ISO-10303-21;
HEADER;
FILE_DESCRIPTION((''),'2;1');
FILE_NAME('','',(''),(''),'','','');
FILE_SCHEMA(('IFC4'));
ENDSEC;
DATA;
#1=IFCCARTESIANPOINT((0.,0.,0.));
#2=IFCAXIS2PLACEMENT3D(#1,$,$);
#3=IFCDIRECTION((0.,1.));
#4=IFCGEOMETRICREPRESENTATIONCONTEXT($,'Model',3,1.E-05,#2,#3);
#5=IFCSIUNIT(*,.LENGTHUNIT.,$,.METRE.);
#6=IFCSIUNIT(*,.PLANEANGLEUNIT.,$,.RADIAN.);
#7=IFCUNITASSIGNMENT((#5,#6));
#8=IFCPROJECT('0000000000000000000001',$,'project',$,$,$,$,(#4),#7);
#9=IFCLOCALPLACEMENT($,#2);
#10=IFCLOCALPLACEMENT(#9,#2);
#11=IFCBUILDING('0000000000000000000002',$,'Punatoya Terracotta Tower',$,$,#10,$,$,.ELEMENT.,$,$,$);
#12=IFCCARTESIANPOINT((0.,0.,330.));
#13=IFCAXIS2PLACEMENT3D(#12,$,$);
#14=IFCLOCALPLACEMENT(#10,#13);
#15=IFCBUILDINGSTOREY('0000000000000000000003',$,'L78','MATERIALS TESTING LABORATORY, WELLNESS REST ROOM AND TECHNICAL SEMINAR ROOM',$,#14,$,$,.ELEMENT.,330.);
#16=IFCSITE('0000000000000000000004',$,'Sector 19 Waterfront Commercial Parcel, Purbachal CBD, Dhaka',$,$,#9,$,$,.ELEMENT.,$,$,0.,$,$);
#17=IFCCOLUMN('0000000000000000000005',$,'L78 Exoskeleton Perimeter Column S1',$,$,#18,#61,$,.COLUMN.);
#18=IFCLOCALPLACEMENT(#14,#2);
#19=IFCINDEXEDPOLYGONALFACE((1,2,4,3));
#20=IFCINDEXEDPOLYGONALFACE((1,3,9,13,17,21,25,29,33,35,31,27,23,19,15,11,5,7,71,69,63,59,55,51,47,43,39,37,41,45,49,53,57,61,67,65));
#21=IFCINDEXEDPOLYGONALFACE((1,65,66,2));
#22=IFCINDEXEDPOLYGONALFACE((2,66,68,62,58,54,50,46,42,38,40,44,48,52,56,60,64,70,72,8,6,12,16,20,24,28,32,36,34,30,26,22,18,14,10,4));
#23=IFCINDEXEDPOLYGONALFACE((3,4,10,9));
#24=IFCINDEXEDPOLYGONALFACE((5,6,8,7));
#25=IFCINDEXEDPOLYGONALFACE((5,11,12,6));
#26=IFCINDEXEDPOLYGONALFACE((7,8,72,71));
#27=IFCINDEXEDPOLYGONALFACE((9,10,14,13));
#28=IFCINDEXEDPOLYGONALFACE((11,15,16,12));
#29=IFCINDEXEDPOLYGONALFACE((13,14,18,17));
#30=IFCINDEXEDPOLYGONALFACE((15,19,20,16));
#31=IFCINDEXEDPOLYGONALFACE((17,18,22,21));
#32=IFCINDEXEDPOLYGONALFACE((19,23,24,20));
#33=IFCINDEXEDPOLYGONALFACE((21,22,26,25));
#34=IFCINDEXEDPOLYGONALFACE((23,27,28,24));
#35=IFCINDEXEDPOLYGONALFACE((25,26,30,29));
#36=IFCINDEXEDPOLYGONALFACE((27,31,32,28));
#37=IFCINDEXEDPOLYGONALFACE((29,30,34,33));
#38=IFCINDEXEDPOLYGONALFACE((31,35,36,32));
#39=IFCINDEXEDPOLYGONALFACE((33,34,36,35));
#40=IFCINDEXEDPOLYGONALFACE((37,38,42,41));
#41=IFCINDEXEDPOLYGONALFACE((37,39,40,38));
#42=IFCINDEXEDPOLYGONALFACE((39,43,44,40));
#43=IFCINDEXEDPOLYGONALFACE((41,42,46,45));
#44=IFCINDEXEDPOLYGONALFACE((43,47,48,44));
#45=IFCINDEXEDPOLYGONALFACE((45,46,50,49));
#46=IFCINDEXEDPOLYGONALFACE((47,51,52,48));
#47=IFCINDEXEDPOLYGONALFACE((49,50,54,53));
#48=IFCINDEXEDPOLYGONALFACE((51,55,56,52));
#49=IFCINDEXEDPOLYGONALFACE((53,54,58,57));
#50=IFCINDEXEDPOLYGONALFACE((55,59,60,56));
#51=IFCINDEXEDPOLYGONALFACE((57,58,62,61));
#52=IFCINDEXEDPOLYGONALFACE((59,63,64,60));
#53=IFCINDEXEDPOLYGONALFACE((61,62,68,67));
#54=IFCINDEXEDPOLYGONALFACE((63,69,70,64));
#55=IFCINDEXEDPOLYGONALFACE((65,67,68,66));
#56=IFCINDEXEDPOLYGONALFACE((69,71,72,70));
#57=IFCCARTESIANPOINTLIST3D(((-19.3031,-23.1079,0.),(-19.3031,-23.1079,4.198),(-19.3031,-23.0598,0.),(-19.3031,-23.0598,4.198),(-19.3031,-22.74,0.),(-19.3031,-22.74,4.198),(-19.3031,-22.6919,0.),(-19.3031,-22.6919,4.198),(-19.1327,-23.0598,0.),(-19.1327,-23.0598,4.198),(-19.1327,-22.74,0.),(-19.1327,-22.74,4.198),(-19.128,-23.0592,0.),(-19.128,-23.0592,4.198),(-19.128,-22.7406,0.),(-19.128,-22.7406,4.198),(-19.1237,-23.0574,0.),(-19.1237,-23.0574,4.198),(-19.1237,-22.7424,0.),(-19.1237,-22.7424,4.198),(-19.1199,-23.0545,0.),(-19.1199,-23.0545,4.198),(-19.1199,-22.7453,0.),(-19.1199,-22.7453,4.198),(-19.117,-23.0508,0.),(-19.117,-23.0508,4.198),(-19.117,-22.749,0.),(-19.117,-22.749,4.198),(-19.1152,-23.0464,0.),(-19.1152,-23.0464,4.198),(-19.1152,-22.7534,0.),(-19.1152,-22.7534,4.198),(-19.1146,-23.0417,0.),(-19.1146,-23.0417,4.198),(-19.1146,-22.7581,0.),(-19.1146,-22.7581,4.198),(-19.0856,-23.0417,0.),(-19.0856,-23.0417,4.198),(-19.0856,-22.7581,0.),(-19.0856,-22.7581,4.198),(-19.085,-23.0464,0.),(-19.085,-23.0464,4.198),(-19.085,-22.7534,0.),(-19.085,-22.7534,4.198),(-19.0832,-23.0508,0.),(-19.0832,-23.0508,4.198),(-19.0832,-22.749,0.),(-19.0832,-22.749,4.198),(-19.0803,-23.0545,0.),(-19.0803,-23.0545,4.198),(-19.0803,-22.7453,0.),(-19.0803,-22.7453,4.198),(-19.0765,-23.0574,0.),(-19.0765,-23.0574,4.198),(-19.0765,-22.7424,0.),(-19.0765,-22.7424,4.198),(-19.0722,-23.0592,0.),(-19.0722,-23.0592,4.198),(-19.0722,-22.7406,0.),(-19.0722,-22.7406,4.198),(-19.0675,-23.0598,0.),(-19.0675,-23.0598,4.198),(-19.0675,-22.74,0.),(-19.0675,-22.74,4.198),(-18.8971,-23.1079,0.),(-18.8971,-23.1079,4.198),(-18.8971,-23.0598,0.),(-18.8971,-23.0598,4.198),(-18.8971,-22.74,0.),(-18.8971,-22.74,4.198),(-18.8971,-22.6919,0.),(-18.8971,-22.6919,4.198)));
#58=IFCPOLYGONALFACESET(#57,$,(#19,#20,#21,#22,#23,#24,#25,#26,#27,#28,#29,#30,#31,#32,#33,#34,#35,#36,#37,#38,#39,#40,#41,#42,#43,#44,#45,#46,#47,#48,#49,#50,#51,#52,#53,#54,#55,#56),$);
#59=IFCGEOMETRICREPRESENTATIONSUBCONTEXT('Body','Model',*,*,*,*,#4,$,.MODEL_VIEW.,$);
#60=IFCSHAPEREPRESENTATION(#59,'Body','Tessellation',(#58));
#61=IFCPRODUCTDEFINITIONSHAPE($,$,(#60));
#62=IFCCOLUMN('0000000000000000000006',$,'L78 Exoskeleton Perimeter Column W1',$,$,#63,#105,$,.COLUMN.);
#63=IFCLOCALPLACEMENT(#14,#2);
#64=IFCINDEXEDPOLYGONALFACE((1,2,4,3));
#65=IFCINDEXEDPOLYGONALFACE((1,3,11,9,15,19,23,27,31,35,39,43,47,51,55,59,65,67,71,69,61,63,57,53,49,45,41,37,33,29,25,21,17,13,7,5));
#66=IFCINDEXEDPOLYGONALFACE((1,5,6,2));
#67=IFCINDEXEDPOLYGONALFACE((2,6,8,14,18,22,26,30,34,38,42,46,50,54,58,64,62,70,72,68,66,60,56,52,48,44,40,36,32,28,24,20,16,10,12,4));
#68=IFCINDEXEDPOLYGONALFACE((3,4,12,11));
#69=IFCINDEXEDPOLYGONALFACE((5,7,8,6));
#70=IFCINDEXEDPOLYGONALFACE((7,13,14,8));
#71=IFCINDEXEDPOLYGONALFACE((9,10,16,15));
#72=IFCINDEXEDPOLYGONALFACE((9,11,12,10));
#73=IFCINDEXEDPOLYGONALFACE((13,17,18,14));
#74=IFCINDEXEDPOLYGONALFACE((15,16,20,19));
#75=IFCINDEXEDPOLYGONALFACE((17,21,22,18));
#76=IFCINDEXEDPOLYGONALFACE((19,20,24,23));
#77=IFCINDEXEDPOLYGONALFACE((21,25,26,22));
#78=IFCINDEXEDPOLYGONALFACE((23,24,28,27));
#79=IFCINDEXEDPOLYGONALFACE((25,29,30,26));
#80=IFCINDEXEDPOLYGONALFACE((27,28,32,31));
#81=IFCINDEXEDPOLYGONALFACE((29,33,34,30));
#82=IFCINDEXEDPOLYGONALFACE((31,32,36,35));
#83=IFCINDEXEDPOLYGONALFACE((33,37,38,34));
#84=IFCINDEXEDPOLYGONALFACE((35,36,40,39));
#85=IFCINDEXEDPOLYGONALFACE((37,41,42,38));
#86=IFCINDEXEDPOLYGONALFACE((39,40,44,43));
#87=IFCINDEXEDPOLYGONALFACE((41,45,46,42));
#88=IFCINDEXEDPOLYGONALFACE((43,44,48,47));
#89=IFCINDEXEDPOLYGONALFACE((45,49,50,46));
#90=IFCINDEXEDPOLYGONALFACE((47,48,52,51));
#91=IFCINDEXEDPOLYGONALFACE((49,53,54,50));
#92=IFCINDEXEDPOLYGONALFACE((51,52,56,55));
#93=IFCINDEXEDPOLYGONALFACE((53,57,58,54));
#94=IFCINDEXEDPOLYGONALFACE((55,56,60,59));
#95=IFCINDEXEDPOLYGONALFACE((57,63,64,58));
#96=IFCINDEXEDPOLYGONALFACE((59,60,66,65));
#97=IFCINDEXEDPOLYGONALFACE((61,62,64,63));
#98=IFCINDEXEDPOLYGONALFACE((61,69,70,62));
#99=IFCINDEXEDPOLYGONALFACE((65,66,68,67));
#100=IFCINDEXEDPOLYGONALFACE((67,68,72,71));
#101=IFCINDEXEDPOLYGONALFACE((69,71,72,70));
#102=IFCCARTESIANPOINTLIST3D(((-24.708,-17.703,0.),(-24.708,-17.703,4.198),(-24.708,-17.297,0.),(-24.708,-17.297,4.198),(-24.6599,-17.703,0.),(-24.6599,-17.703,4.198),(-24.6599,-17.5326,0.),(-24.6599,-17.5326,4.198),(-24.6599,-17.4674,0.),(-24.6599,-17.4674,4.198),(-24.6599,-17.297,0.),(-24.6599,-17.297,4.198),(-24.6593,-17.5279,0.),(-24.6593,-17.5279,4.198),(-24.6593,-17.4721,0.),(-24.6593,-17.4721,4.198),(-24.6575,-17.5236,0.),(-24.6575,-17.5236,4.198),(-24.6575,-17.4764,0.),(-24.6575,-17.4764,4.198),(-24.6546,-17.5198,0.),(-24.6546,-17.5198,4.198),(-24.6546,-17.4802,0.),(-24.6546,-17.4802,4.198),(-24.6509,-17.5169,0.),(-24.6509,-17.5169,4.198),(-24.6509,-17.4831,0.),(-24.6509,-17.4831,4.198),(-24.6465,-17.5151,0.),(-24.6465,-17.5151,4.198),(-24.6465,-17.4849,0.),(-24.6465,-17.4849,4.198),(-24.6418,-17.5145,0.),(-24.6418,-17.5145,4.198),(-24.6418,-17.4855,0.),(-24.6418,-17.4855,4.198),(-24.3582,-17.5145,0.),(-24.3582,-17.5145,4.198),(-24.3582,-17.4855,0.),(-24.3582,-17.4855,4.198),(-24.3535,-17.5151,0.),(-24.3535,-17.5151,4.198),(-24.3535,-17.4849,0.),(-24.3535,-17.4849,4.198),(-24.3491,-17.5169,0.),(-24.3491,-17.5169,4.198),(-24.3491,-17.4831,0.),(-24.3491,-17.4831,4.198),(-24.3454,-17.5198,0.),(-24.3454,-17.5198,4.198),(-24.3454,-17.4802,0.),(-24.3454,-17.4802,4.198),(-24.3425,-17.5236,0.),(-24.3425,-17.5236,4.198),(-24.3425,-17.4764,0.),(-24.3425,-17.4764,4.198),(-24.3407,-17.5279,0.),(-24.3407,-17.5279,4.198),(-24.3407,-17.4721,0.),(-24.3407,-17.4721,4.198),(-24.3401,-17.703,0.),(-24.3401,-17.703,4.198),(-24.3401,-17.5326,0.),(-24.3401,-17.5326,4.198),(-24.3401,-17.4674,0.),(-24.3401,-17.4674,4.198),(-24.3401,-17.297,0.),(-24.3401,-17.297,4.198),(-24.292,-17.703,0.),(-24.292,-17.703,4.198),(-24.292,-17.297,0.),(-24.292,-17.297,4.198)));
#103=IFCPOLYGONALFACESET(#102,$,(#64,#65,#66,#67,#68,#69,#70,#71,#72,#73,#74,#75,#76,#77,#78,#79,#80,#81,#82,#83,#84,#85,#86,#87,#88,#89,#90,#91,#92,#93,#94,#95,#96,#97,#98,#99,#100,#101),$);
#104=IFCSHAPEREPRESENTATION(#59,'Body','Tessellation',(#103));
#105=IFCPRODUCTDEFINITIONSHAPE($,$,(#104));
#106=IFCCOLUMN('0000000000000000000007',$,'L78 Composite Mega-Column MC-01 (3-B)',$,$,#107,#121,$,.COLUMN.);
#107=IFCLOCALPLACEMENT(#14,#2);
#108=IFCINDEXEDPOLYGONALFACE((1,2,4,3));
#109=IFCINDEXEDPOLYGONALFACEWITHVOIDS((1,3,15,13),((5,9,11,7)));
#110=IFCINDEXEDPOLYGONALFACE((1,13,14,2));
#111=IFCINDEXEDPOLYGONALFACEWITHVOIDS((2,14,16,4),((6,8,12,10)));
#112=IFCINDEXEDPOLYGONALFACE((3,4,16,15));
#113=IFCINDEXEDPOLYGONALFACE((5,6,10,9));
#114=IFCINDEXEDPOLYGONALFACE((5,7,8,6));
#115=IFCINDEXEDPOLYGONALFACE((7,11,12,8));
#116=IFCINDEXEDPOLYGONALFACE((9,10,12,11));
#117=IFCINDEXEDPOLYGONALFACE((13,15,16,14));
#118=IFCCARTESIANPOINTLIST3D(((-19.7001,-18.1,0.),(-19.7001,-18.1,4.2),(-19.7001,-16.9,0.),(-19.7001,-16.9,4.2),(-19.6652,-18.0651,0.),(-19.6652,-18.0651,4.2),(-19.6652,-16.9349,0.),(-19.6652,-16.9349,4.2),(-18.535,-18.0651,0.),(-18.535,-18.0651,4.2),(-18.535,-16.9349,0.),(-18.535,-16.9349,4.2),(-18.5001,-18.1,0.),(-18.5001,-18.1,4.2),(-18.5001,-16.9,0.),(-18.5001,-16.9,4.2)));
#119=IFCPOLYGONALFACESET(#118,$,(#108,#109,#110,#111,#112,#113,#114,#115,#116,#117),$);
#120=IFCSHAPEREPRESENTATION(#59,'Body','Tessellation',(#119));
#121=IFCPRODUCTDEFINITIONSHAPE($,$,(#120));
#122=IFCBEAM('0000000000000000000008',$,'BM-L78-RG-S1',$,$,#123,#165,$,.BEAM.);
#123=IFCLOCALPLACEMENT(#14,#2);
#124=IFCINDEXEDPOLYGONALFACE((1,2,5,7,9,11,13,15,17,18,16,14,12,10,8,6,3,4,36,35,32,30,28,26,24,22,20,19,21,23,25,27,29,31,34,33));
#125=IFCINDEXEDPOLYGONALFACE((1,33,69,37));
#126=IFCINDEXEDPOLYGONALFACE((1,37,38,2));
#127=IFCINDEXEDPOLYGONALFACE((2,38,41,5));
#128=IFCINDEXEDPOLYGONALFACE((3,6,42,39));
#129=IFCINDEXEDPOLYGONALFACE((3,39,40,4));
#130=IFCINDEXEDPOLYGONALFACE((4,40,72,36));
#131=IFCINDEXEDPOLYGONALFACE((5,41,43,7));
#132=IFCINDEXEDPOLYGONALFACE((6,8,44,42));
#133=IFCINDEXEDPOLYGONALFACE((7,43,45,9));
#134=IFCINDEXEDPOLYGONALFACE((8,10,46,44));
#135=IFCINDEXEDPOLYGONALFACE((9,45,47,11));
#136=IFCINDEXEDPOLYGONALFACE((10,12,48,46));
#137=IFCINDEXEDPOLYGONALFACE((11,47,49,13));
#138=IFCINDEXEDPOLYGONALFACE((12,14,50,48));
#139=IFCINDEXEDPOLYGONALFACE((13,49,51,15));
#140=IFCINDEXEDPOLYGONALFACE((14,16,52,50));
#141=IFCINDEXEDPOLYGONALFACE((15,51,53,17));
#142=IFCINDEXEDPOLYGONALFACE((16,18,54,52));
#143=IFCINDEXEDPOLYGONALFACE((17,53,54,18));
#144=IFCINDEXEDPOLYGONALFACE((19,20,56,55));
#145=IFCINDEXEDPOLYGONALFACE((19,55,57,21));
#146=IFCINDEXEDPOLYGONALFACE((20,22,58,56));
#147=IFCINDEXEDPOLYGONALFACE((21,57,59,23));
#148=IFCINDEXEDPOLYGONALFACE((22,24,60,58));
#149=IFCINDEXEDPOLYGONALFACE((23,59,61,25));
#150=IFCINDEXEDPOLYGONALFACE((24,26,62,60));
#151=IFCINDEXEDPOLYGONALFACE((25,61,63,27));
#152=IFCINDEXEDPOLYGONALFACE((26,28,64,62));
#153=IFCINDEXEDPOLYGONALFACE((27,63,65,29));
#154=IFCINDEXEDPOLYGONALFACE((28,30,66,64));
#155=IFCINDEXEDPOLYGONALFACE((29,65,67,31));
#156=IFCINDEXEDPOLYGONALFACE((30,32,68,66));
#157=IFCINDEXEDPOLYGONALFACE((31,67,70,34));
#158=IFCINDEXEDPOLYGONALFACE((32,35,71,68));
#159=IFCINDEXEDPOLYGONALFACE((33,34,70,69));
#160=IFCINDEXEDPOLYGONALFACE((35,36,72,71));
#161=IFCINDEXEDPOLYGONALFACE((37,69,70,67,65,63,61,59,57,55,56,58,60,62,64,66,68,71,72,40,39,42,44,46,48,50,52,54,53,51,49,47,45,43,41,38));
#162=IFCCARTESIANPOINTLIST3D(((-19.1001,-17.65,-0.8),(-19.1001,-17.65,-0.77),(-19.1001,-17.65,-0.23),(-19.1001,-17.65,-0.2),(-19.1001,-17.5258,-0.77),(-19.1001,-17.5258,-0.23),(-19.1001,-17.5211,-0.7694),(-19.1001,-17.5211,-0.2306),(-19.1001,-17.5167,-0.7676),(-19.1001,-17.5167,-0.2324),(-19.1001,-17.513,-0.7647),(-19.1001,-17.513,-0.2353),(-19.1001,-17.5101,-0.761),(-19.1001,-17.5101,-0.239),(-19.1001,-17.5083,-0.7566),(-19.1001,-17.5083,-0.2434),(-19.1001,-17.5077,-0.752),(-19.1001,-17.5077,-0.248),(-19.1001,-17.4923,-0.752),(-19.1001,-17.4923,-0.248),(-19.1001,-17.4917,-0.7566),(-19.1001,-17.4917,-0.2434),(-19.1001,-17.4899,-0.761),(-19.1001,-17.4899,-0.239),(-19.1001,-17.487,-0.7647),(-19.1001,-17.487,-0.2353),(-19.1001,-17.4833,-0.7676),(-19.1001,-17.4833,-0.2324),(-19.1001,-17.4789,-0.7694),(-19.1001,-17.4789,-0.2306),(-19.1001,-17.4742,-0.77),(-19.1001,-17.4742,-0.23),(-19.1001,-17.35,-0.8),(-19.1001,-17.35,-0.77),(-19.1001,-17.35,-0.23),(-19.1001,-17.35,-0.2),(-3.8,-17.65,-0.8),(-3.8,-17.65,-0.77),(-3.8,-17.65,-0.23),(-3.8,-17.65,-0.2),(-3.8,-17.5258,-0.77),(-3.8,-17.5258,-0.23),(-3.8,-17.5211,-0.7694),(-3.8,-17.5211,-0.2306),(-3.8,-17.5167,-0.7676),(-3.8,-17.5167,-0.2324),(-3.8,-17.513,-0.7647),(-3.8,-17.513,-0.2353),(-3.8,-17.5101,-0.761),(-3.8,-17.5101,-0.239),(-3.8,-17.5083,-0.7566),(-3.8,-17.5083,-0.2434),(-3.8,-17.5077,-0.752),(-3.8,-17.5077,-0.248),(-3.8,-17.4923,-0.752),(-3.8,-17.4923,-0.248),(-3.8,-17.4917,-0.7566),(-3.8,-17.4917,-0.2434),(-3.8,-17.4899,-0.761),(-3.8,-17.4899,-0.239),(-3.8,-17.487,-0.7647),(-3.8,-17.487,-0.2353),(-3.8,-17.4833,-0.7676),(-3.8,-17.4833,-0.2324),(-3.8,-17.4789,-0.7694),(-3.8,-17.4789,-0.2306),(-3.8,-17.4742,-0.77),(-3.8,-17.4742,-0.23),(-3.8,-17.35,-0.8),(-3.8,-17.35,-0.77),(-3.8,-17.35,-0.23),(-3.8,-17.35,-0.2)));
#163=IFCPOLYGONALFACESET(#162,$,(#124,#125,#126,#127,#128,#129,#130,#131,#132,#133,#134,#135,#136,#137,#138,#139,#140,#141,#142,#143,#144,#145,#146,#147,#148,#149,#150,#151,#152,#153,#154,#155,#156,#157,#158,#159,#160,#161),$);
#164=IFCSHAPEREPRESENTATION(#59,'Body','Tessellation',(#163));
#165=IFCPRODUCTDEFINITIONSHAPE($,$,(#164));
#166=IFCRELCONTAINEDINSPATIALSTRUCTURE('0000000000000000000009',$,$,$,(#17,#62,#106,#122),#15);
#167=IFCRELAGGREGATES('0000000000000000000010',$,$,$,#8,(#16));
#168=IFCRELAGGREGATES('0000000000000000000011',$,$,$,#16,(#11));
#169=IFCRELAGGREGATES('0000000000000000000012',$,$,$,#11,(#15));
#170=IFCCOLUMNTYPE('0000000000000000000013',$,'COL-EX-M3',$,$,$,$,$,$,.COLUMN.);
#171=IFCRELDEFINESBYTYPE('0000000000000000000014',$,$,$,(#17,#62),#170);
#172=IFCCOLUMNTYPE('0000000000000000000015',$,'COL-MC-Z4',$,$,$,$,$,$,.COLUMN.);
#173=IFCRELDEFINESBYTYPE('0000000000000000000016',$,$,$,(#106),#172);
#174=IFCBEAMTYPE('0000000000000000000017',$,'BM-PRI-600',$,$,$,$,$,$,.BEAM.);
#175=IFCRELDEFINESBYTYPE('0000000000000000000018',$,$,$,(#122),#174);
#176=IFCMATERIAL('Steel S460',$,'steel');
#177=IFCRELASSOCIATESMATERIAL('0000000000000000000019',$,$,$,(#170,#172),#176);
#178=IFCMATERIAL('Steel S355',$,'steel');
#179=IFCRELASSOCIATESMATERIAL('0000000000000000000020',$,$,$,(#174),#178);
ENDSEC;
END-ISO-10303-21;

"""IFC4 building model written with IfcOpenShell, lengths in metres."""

from ifc_helpers import new_model, si_unit, direction, frame, origin, origin_2d, place, context, subcontext, project, spatial, hollow_rectangle, i_section, extrude, material, material_profile, profile_set, type_object, element, save


model = new_model("IFC4")

# Units and contexts
model_context = context("Model", 3, precision=1e-05, world=origin(), true_north=direction((0.0, 1.0)))
body_context = subcontext(model_context, "Body", "Model", "MODEL_VIEW")
ifc_project = project(units=[si_unit("LENGTHUNIT", "METRE"), si_unit("PLANEANGLEUNIT", "RADIAN")], contexts=[model_context])

# Site, building, storey
site_placement = place(None, origin())
site = spatial("IfcSite", under=ifc_project, at=site_placement, Name="Sector 19 Waterfront Commercial Parcel, Purbachal CBD, Dhaka", CompositionType="ELEMENT", RefElevation=0.0)
building_placement = place(site_placement, origin())
building = spatial("IfcBuilding", under=site, at=building_placement, Name="Punatoya Terracotta Tower", CompositionType="ELEMENT")
storey_placement = place(building_placement, frame((0.0, 0.0, 330.0)))
storey = spatial("IfcBuildingStorey", under=building, at=storey_placement, Name="L78", Description="MATERIALS TESTING LABORATORY, WELLNESS REST ROOM AND TECHNICAL SEMINAR ROOM", CompositionType="ELEMENT", Elevation=330.0)

# Columns
ifc_material_1 = material(Name="Steel S460", Category="steel")
ifc_material_profile_1 = material_profile(ifc_material_1, i_section(OverallWidth=0.406, OverallDepth=0.416, WebThickness=0.0291, FlangeThickness=0.0481, FilletRadius=0.0181, at=origin_2d()))
ifc_profile_set_1 = profile_set([ifc_material_profile_1], Name="Steel S460")
column_type_1 = type_object("IfcColumnType", Name="COL-EX-M3", PredefinedType="COLUMN", material=ifc_profile_set_1)
for number, where, z_axis, x_axis, name in (
    (1, (-19.1001, -22.8999, 0.0), (0.0, 0.0, 1.0), (1.0, 0.0, 0.0), "L78 Exoskeleton Perimeter Column S1"),
    (2, (-24.5, -17.5, 0.0), (0.0, 0.0, 1.0), (0.0, 1.0, 0.0), "L78 Exoskeleton Perimeter Column W1"),
):
    element("IfcColumn", number, at=place(storey_placement, frame(where, z_axis=z_axis, x_axis=x_axis)), inside=storey, type_object=column_type_1, Name=name, PredefinedType="COLUMN", context=body_context, shape_type="SweptSolid", body=[
        extrude(i_section(OverallWidth=0.406, OverallDepth=0.416, WebThickness=0.0291, FlangeThickness=0.0481, FilletRadius=0.0181, at=origin_2d()), origin(), (0.0, 0.0, 1.0), 4.198),
    ])
ifc_material_profile_2 = material_profile(ifc_material_1, hollow_rectangle(XDim=1.2, YDim=1.2, WallThickness=0.0349, at=origin_2d()))
ifc_profile_set_2 = profile_set([ifc_material_profile_2], Name="Steel S460")
column_type_2 = type_object("IfcColumnType", Name="COL-MC-Z4", PredefinedType="COLUMN", material=ifc_profile_set_2)
column_placement = place(storey_placement, frame((-19.1001, -17.5, 0.0), z_axis=(0.0, 0.0, 1.0), x_axis=(1.0, 0.0, 0.0)))
element("IfcColumn", 3, at=column_placement, inside=storey, type_object=column_type_2, Name="L78 Composite Mega-Column MC-01 (3-B)", PredefinedType="COLUMN", context=body_context, shape_type="SweptSolid", body=[
    extrude(hollow_rectangle(XDim=1.2, YDim=1.2, WallThickness=0.0349, at=origin_2d()), origin(), (0.0, 0.0, 1.0), 4.2),
])

# Beam
ifc_material_2 = material(Name="Steel S355", Category="steel")
ifc_material_profile_3 = material_profile(ifc_material_2, i_section(OverallWidth=0.3, OverallDepth=0.6001, WebThickness=0.0154, FlangeThickness=0.03, FilletRadius=0.0181, at=origin_2d()))
ifc_profile_set_3 = profile_set([ifc_material_profile_3], Name="Steel S355")
beam_type_1 = type_object("IfcBeamType", Name="BM-PRI-600", PredefinedType="BEAM", material=ifc_profile_set_3)
beam_1_placement = place(storey_placement, frame((-19.1001, -17.5, -0.5), z_axis=(1.0, 0.0, 0.0), x_axis=(0.0, 1.0, 0.0)))
element("IfcBeam", 4, at=beam_1_placement, inside=storey, type_object=beam_type_1, Name="BM-L78-RG-S1", PredefinedType="BEAM", context=body_context, shape_type="SweptSolid", body=[
    extrude(i_section(OverallWidth=0.3, OverallDepth=0.6001, WebThickness=0.0154, FlangeThickness=0.03, FilletRadius=0.0181, at=origin_2d()), origin(), (0.0, 0.0, 1.0), 15.3),
])

save(model, "model.ifc")
